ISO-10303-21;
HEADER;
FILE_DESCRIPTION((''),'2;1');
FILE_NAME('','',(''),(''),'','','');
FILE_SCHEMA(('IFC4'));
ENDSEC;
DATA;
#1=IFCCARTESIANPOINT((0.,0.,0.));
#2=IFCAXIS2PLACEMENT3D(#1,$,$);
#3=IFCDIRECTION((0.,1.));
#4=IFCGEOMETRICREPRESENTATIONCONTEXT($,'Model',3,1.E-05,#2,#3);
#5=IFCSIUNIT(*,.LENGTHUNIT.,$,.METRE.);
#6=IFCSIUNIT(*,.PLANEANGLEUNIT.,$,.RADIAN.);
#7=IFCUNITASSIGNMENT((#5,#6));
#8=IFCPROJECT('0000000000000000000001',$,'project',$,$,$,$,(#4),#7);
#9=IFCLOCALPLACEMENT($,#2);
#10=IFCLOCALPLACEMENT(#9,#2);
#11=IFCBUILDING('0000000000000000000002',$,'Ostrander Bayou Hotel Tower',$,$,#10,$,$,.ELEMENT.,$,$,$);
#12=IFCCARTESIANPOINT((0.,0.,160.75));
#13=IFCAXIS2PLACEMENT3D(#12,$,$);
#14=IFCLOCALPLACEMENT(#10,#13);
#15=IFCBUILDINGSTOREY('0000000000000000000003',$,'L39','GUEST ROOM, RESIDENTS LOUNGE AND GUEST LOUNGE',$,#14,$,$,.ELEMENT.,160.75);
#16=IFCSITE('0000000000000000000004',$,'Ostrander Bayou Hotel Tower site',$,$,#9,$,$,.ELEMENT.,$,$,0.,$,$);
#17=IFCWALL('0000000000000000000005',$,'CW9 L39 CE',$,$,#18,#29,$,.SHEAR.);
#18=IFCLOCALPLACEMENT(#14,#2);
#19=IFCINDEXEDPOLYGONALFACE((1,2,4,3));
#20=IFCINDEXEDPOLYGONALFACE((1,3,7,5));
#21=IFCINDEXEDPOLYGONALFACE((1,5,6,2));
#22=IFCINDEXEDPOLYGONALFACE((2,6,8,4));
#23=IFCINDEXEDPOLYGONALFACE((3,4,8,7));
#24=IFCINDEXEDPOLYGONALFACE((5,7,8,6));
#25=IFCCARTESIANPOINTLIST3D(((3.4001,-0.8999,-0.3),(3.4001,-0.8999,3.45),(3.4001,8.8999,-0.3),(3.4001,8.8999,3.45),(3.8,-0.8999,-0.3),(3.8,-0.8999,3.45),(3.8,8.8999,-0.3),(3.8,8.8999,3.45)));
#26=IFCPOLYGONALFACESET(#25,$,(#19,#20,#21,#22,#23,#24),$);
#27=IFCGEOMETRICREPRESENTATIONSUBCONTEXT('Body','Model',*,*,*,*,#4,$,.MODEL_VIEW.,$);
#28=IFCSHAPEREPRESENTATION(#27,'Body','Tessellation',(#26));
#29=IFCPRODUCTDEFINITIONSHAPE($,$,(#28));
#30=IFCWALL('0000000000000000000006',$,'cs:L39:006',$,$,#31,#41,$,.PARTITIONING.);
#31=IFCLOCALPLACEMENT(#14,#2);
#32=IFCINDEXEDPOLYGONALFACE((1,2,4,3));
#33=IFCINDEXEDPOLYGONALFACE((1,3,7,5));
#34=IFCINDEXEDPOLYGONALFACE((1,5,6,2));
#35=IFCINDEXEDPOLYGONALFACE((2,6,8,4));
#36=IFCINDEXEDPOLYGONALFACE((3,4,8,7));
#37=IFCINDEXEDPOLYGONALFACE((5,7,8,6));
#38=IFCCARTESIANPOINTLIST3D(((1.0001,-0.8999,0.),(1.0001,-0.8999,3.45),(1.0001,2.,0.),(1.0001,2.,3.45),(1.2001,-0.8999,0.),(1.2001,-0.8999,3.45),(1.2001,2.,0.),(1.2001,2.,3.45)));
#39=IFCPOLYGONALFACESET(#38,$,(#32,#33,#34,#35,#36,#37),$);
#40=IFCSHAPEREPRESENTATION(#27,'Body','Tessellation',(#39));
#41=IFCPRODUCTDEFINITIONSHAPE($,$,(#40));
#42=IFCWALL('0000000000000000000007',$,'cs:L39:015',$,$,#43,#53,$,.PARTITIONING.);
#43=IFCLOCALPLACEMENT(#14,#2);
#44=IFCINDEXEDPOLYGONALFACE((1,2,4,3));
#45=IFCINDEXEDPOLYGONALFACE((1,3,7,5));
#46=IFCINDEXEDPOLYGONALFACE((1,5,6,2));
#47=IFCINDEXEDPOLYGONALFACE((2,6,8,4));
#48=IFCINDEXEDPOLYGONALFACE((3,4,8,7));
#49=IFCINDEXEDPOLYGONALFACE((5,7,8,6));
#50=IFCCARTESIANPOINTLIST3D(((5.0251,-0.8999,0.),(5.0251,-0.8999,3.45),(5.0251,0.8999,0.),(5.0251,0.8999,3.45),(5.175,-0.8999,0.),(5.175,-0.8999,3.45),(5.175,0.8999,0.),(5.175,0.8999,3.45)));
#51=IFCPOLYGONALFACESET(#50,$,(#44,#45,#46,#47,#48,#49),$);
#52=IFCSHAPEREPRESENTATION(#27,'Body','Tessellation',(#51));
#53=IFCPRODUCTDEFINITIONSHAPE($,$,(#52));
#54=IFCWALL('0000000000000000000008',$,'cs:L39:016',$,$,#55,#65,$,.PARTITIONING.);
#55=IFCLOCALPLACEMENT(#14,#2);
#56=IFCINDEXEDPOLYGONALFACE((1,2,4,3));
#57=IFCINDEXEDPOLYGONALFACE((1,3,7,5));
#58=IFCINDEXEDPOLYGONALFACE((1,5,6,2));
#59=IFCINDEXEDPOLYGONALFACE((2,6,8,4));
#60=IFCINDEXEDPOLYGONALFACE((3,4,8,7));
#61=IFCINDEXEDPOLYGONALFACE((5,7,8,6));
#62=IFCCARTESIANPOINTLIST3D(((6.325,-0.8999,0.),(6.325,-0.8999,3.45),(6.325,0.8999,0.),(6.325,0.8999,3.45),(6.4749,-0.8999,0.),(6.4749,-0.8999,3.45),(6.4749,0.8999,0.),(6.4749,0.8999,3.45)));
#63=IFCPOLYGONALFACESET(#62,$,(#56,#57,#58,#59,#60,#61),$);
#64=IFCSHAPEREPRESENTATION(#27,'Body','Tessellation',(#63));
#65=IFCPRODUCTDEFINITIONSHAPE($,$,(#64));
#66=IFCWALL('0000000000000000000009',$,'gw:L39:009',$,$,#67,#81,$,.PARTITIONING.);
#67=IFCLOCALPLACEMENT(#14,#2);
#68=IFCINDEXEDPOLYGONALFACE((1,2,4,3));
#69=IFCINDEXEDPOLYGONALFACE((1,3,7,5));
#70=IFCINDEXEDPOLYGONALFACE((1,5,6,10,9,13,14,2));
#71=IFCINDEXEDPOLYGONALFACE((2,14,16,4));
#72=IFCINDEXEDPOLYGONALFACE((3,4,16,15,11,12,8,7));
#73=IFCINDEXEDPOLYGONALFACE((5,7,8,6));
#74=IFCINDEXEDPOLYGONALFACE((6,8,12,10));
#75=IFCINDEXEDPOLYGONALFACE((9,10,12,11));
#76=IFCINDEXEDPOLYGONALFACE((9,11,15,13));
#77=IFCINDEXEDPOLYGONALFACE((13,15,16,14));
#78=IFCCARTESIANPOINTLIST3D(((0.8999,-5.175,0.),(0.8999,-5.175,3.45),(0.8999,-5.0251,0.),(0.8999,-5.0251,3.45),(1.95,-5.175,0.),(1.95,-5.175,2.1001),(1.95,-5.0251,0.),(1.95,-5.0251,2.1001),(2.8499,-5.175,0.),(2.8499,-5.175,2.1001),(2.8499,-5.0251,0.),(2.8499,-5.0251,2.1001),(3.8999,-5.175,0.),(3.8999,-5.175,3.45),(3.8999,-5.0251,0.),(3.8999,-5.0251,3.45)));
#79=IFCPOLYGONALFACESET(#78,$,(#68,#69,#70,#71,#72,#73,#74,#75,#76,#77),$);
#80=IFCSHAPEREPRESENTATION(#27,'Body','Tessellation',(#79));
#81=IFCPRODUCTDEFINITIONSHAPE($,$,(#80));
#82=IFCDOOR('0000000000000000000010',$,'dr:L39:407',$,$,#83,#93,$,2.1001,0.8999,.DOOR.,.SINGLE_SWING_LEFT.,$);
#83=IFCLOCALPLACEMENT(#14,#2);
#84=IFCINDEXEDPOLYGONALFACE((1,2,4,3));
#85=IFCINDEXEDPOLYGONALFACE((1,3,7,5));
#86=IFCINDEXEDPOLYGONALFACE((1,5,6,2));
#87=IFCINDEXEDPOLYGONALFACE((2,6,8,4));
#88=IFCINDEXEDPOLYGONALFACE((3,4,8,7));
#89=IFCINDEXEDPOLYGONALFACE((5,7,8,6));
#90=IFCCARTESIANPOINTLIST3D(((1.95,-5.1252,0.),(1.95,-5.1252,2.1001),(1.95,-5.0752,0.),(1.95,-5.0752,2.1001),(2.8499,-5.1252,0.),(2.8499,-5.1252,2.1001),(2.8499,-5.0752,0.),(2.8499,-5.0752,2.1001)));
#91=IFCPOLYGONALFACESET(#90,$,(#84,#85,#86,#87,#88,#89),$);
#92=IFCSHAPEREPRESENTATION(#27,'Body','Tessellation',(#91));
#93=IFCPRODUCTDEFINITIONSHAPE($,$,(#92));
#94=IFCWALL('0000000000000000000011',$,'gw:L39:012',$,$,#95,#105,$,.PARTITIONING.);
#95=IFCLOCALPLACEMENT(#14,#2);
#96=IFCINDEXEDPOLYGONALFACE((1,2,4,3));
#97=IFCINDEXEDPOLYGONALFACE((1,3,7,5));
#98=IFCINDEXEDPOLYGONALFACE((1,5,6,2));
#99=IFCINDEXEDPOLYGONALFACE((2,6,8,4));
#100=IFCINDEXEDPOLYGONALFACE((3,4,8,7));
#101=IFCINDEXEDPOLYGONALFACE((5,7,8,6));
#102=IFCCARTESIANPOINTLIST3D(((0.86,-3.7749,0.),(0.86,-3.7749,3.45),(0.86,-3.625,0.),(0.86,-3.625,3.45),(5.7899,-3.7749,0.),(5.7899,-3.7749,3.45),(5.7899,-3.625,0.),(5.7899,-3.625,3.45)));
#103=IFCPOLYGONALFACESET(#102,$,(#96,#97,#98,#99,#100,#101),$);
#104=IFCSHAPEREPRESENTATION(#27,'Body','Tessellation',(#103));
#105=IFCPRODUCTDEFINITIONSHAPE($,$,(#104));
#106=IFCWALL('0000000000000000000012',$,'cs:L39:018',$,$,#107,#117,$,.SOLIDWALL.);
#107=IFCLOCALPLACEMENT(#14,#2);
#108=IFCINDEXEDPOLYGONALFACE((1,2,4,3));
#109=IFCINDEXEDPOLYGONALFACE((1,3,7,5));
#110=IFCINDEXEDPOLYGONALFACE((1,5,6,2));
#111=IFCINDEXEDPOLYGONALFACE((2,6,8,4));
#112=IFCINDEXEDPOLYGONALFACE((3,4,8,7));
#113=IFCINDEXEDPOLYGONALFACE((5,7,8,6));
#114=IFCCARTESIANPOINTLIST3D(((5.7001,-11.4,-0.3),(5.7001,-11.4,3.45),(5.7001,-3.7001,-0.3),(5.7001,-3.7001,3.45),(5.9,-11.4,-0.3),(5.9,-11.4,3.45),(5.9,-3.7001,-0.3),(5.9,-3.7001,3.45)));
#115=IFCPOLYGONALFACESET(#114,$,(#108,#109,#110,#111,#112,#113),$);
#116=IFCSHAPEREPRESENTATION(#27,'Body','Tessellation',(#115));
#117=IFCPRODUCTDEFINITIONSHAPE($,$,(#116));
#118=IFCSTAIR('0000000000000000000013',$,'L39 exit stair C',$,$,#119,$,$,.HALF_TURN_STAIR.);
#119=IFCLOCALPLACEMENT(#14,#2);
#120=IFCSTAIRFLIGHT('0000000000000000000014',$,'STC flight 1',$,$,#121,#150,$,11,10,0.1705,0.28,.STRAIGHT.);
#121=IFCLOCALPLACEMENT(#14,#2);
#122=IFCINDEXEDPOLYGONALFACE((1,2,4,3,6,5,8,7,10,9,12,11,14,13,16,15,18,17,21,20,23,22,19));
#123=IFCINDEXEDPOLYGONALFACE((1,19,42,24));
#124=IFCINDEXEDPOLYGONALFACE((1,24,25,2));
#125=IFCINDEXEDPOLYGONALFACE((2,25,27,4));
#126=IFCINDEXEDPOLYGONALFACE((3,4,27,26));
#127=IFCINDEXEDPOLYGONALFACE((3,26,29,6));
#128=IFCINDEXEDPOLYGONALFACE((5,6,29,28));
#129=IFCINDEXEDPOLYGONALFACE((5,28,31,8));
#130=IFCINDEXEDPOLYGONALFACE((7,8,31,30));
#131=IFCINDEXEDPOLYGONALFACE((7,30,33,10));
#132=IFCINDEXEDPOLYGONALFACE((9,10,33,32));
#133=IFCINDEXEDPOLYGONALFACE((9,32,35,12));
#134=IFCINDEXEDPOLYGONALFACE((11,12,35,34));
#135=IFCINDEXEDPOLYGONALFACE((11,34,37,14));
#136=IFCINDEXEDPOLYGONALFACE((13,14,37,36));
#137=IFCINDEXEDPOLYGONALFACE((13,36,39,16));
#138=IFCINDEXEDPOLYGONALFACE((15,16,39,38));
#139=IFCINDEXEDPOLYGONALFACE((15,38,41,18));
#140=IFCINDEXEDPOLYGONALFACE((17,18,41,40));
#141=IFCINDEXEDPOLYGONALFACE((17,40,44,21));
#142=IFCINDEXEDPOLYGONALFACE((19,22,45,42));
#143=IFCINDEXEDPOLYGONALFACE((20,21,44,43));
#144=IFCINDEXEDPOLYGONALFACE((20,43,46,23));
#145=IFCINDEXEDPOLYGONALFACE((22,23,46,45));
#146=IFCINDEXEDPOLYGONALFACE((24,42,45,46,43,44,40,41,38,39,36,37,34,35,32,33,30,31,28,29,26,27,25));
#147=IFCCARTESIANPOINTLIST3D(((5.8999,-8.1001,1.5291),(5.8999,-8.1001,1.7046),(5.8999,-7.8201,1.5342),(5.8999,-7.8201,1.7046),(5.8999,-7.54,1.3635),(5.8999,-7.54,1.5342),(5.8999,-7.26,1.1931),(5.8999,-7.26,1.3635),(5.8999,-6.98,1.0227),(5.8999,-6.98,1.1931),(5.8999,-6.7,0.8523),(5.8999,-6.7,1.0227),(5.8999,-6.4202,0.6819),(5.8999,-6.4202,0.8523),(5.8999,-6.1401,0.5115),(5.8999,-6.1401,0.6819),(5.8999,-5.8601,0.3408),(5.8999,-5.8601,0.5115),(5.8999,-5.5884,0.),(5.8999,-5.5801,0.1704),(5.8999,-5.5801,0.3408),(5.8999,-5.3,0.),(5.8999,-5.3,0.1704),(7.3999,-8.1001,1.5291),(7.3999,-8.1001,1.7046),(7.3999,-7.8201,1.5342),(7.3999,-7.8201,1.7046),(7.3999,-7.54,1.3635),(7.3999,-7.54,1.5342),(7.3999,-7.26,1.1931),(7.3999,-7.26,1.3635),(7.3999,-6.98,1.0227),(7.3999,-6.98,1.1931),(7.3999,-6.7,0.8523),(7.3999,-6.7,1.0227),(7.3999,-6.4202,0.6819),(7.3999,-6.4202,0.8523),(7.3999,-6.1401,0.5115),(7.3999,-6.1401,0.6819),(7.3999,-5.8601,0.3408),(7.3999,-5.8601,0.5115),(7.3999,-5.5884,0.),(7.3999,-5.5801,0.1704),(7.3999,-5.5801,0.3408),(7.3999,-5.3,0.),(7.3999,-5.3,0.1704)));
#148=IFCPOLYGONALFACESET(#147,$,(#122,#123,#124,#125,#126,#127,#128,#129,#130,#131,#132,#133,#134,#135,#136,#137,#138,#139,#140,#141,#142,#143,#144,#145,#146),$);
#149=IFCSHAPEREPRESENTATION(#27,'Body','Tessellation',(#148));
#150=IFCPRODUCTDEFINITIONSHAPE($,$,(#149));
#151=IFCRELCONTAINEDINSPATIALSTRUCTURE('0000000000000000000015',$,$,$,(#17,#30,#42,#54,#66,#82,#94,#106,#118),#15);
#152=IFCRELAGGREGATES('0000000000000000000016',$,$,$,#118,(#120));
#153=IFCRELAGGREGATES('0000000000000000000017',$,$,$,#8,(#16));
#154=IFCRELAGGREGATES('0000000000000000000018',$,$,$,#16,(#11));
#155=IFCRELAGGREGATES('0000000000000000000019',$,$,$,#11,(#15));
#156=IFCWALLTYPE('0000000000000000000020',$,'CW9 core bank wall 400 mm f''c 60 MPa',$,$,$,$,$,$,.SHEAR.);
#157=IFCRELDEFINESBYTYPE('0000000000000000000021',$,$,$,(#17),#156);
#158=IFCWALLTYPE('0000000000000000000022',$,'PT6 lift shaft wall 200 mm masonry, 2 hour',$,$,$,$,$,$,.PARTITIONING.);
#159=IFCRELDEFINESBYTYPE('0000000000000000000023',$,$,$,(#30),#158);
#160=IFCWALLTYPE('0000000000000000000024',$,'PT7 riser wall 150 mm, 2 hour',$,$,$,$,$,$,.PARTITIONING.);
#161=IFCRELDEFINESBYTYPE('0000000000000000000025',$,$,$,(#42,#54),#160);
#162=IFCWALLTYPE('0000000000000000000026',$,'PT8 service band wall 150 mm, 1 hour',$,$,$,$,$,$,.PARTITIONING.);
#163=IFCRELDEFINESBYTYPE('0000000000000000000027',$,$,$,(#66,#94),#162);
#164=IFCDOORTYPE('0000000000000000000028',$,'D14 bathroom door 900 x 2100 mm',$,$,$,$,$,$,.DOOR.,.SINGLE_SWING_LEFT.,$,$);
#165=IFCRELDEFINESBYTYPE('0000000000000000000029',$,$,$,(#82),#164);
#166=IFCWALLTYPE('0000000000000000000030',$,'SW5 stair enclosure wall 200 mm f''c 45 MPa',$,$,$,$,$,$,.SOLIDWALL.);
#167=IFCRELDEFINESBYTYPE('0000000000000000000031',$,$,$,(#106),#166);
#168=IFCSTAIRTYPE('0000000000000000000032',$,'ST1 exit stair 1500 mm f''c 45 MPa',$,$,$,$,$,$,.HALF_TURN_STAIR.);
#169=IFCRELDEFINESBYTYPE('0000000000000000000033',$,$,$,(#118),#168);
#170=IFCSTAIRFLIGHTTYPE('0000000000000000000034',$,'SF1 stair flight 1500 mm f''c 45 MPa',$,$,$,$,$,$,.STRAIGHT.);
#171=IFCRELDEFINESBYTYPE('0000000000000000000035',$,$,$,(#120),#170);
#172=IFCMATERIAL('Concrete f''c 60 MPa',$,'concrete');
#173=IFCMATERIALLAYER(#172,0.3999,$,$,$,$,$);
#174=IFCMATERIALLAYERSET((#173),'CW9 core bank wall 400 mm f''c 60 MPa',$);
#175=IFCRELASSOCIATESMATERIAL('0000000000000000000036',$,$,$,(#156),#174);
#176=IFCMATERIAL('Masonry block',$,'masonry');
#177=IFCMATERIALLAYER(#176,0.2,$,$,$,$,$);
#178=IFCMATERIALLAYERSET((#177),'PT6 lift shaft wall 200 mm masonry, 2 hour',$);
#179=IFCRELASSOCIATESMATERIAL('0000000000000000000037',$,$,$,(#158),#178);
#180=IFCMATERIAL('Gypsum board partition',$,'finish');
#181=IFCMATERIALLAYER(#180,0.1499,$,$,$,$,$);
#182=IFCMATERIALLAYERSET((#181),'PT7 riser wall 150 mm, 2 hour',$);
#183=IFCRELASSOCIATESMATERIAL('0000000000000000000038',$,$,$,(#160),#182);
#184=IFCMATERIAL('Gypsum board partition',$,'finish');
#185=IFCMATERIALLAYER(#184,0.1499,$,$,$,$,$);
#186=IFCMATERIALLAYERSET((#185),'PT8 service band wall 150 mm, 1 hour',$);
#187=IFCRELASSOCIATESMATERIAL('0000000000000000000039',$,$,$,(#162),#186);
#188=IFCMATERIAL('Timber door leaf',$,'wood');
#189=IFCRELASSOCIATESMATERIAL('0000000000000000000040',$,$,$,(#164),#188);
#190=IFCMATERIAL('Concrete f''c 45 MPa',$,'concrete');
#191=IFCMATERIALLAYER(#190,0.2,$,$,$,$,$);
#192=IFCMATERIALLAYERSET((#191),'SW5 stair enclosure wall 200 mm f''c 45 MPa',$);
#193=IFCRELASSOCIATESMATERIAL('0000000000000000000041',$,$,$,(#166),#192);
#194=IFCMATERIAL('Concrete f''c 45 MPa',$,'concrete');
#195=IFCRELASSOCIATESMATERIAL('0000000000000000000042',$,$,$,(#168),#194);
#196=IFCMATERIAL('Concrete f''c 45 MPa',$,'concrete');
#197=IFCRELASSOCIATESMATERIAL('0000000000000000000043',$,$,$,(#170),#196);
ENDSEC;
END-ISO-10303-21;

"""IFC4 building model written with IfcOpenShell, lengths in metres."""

from ifc_helpers import new_model, si_unit, direction, frame, frame_2d, origin, place, context, subcontext, project, spatial, polyline, rectangle, outline, extrude, material, layer, layer_set, type_object, element, fill, aggregate, save


model = new_model("IFC4")

# Units and contexts
model_context = context("Model", 3, precision=1e-05, world=origin(), true_north=direction((0.0, 1.0)))
body_context = subcontext(model_context, "Body", "Model", "MODEL_VIEW")
ifc_project = project(units=[si_unit("LENGTHUNIT", "METRE"), si_unit("PLANEANGLEUNIT", "RADIAN")], contexts=[model_context])

# Site, building, storey
site_placement = place(None, origin())
site = spatial("IfcSite", under=ifc_project, at=site_placement, Name="Ostrander Bayou Hotel Tower site", CompositionType="ELEMENT", RefElevation=0.0)
building_placement = place(site_placement, origin())
building = spatial("IfcBuilding", under=site, at=building_placement, Name="Ostrander Bayou Hotel Tower", CompositionType="ELEMENT")
storey_placement = place(building_placement, frame((0.0, 0.0, 160.75)))
storey = spatial("IfcBuildingStorey", under=building, at=storey_placement, Name="L39", Description="GUEST ROOM, RESIDENTS LOUNGE AND GUEST LOUNGE", CompositionType="ELEMENT", Elevation=160.75)

# Walls
ifc_material_1 = material(Name="Concrete f'c 60 MPa", Category="concrete")
ifc_layer_1 = layer(ifc_material_1, 0.3999)
ifc_layer_set_1 = layer_set([ifc_layer_1], Name="CW9 core bank wall 400 mm f'c 60 MPa")
wall_type_1 = type_object("IfcWallType", Name="CW9 core bank wall 400 mm f'c 60 MPa", PredefinedType="SHEAR", material=ifc_layer_set_1)
wall_1_placement = place(storey_placement, frame((3.6001, -0.8999, -0.3), z_axis=(0.0, 0.0, 1.0), x_axis=(0.0, 1.0, 0.0)))
element("IfcWall", 1, at=wall_1_placement, inside=storey, type_object=wall_type_1, Name="CW9 L39 CE", PredefinedType="SHEAR", context=body_context, shape_type="SweptSolid", body=[
    extrude(rectangle(XDim=9.7998, YDim=0.3999, at=frame_2d((4.8999, 0.0))), origin(), (0.0, 0.0, 1.0), 3.75),
])
ifc_material_2 = material(Name="Masonry block", Category="masonry")
ifc_layer_2 = layer(ifc_material_2, 0.2)
ifc_layer_set_2 = layer_set([ifc_layer_2], Name="PT6 lift shaft wall 200 mm masonry, 2 hour")
wall_type_2 = type_object("IfcWallType", Name="PT6 lift shaft wall 200 mm masonry, 2 hour", PredefinedType="PARTITIONING", material=ifc_layer_set_2)
wall_2_placement = place(storey_placement, frame((1.1001, -0.8999, 0.0), z_axis=(0.0, 0.0, 1.0), x_axis=(0.0, 1.0, 0.0)))
element("IfcWall", 2, at=wall_2_placement, inside=storey, type_object=wall_type_2, Name="cs:L39:006", PredefinedType="PARTITIONING", context=body_context, shape_type="SweptSolid", body=[
    extrude(rectangle(XDim=2.8999, YDim=0.2, at=frame_2d((1.45, 0.0))), origin(), (0.0, 0.0, 1.0), 3.45),
])
ifc_material_3 = material(Name="Gypsum board partition", Category="finish")
ifc_layer_3 = layer(ifc_material_3, 0.1499)
ifc_layer_set_3 = layer_set([ifc_layer_3], Name="PT7 riser wall 150 mm, 2 hour")
wall_type_3 = type_object("IfcWallType", Name="PT7 riser wall 150 mm, 2 hour", PredefinedType="PARTITIONING", material=ifc_layer_set_3)
for number, where, z_axis, x_axis, name in (
    (3, (5.1001, -0.8999, 0.0), (0.0, 0.0, 1.0), (0.0, 1.0, 0.0), "cs:L39:015"),
    (4, (6.3999, -0.8999, 0.0), (0.0, 0.0, 1.0), (0.0, 1.0, 0.0), "cs:L39:016"),
):
    element("IfcWall", number, at=place(storey_placement, frame(where, z_axis=z_axis, x_axis=x_axis)), inside=storey, type_object=wall_type_3, Name=name, PredefinedType="PARTITIONING", context=body_context, shape_type="SweptSolid", body=[
        extrude(rectangle(XDim=1.7998, YDim=0.1499, at=frame_2d((0.8999, 0.0))), origin(), (0.0, 0.0, 1.0), 3.45),
    ])

# Wall, opening, door
ifc_material_4 = material(Name="Gypsum board partition", Category="finish")
ifc_layer_4 = layer(ifc_material_4, 0.1499)
ifc_layer_set_4 = layer_set([ifc_layer_4], Name="PT8 service band wall 150 mm, 1 hour")
wall_type_4 = type_object("IfcWallType", Name="PT8 service band wall 150 mm, 1 hour", PredefinedType="PARTITIONING", material=ifc_layer_set_4)
wall_3_placement = place(storey_placement, frame((0.8999, -5.1001, 0.0), z_axis=(0.0, 0.0, 1.0), x_axis=(1.0, 0.0, 0.0)))
wall_3 = element("IfcWall", 5, at=wall_3_placement, inside=storey, type_object=wall_type_4, Name="gw:L39:009", PredefinedType="PARTITIONING", context=body_context, shape_type="SweptSolid", body=[
    extrude(rectangle(XDim=3.0, YDim=0.1499, at=frame_2d((1.5, 0.0))), origin(), (0.0, 0.0, 1.0), 3.45),
])
opening_1_placement = place(wall_3_placement, frame((1.05, 0.0, 0.0)))
opening_1 = element("IfcOpeningElement", 6, at=opening_1_placement, cuts=wall_3, PredefinedType="OPENING", context=body_context, shape_type="SweptSolid", body=[
    extrude(rectangle(XDim=0.8999, YDim=2.1001, at=frame_2d((0.45, 1.05))), frame((0.0, 0.075, 0.0), z_axis=(0.0, -1.0, 0.0), x_axis=(1.0, 0.0, 0.0)), (0.0, 0.0, 1.0), 0.1499),
])
ifc_material_5 = material(Name="Timber door leaf", Category="wood")
door_type_1 = type_object("IfcDoorType", Name="D14 bathroom door 900 x 2100 mm", OperationType="SINGLE_SWING_LEFT", PredefinedType="DOOR", material=ifc_material_5)
door_1_placement = place(opening_1_placement, origin())
door_1 = element("IfcDoor", 7, at=door_1_placement, inside=storey, type_object=door_type_1, Name="dr:L39:407", OperationType="SINGLE_SWING_LEFT", OverallHeight=2.1001, OverallWidth=0.8999, PredefinedType="DOOR", context=body_context, shape_type="SweptSolid", body=[
    extrude(rectangle(XDim=0.8999, YDim=2.1001, at=frame_2d((0.45, 1.05))), frame((0.0, 0.0249, 0.0), z_axis=(0.0, -1.0, 0.0), x_axis=(1.0, 0.0, 0.0)), (0.0, 0.0, 1.0), 0.05),
])
fill(opening_1, door_1)

# Wall
wall_4_placement = place(storey_placement, frame((0.8601, -3.7, 0.0), z_axis=(0.0, 0.0, 1.0), x_axis=(1.0, 0.0, 0.0)))
element("IfcWall", 8, at=wall_4_placement, inside=storey, type_object=wall_type_4, Name="gw:L39:012", PredefinedType="PARTITIONING", context=body_context, shape_type="SweptSolid", body=[
    extrude(rectangle(XDim=4.9299, YDim=0.1499, at=frame_2d((2.4648, 0.0))), origin(), (0.0, 0.0, 1.0), 3.45),
])

# Shared definitions
ifc_material_6 = material(Name="Concrete f'c 45 MPa", Category="concrete")
ifc_layer_5 = layer(ifc_material_6, 0.2)
ifc_layer_set_5 = layer_set([ifc_layer_5], Name="SW5 stair enclosure wall 200 mm f'c 45 MPa")
wall_type_5 = type_object("IfcWallType", Name="SW5 stair enclosure wall 200 mm f'c 45 MPa", PredefinedType="SOLIDWALL", material=ifc_layer_set_5)

# Wall
wall_5_placement = place(storey_placement, frame((5.8, -3.7, -0.3), z_axis=(0.0, 0.0, 1.0), x_axis=(0.0, -1.0, 0.0)))
element("IfcWall", 9, at=wall_5_placement, inside=storey, type_object=wall_type_5, Name="cs:L39:018", PredefinedType="SOLIDWALL", context=body_context, shape_type="SweptSolid", body=[
    extrude(rectangle(XDim=7.7, YDim=0.2, at=frame_2d((3.8501, 0.0))), origin(), (0.0, 0.0, 1.0), 3.75),
])

# Stair, stair flight
ifc_material_7 = material(Name="Concrete f'c 45 MPa", Category="concrete")
stair_type = type_object("IfcStairType", Name="ST1 exit stair 1500 mm f'c 45 MPa", PredefinedType="HALF_TURN_STAIR", material=ifc_material_7)
stair_placement = place(storey_placement, origin())
stair = element("IfcStair", 10, at=stair_placement, inside=storey, type_object=stair_type, Name="L39 exit stair C", PredefinedType="HALF_TURN_STAIR")
ifc_material_8 = material(Name="Concrete f'c 45 MPa", Category="concrete")
stair_flight_type = type_object("IfcStairFlightType", Name="SF1 stair flight 1500 mm f'c 45 MPa", PredefinedType="STRAIGHT", material=ifc_material_8)
stair_flight_placement = place(storey_placement, frame((6.6499, -5.3, 0.0), z_axis=(0.0, 0.0, 1.0), x_axis=(0.0, -1.0, 0.0)))
stair_flight = element("IfcStairFlight", 11, at=stair_flight_placement, type_object=stair_flight_type, Name="STC flight 1", NumberOfRisers=11, NumberOfTreads=10, PredefinedType="STRAIGHT", RiserHeight=0.1705, TreadLength=0.28, context=body_context, shape_type="SweptSolid", body=[
    extrude(outline(polyline([(0.0, 0.0), (0.0, 0.1704), (0.28, 0.1704), (0.28, 0.3408), (0.5601, 0.3408), (0.5601, 0.5115), (0.8401, 0.5115), (0.8401, 0.6819), (1.1201, 0.6819), (1.1201, 0.8523), (1.3999, 0.8523), (1.3999, 1.0227), (1.6799, 1.0227), (1.6799, 1.1931), (1.96, 1.1931), (1.96, 1.3635), (2.24, 1.3635), (2.24, 1.5342), (2.52, 1.5342), (2.52, 1.7046), (2.8, 1.7046), (2.8, 1.875), (2.8, 1.5291), (0.2883, 0.0), (0.0, 0.0)])), frame((0.0, 0.75, 0.0), z_axis=(0.0, -1.0, 0.0), x_axis=(1.0, 0.0, 0.0)), (0.0, 0.0, 1.0), 1.5),
])
aggregate(stair, [stair_flight])

save(model, "model.ifc")
